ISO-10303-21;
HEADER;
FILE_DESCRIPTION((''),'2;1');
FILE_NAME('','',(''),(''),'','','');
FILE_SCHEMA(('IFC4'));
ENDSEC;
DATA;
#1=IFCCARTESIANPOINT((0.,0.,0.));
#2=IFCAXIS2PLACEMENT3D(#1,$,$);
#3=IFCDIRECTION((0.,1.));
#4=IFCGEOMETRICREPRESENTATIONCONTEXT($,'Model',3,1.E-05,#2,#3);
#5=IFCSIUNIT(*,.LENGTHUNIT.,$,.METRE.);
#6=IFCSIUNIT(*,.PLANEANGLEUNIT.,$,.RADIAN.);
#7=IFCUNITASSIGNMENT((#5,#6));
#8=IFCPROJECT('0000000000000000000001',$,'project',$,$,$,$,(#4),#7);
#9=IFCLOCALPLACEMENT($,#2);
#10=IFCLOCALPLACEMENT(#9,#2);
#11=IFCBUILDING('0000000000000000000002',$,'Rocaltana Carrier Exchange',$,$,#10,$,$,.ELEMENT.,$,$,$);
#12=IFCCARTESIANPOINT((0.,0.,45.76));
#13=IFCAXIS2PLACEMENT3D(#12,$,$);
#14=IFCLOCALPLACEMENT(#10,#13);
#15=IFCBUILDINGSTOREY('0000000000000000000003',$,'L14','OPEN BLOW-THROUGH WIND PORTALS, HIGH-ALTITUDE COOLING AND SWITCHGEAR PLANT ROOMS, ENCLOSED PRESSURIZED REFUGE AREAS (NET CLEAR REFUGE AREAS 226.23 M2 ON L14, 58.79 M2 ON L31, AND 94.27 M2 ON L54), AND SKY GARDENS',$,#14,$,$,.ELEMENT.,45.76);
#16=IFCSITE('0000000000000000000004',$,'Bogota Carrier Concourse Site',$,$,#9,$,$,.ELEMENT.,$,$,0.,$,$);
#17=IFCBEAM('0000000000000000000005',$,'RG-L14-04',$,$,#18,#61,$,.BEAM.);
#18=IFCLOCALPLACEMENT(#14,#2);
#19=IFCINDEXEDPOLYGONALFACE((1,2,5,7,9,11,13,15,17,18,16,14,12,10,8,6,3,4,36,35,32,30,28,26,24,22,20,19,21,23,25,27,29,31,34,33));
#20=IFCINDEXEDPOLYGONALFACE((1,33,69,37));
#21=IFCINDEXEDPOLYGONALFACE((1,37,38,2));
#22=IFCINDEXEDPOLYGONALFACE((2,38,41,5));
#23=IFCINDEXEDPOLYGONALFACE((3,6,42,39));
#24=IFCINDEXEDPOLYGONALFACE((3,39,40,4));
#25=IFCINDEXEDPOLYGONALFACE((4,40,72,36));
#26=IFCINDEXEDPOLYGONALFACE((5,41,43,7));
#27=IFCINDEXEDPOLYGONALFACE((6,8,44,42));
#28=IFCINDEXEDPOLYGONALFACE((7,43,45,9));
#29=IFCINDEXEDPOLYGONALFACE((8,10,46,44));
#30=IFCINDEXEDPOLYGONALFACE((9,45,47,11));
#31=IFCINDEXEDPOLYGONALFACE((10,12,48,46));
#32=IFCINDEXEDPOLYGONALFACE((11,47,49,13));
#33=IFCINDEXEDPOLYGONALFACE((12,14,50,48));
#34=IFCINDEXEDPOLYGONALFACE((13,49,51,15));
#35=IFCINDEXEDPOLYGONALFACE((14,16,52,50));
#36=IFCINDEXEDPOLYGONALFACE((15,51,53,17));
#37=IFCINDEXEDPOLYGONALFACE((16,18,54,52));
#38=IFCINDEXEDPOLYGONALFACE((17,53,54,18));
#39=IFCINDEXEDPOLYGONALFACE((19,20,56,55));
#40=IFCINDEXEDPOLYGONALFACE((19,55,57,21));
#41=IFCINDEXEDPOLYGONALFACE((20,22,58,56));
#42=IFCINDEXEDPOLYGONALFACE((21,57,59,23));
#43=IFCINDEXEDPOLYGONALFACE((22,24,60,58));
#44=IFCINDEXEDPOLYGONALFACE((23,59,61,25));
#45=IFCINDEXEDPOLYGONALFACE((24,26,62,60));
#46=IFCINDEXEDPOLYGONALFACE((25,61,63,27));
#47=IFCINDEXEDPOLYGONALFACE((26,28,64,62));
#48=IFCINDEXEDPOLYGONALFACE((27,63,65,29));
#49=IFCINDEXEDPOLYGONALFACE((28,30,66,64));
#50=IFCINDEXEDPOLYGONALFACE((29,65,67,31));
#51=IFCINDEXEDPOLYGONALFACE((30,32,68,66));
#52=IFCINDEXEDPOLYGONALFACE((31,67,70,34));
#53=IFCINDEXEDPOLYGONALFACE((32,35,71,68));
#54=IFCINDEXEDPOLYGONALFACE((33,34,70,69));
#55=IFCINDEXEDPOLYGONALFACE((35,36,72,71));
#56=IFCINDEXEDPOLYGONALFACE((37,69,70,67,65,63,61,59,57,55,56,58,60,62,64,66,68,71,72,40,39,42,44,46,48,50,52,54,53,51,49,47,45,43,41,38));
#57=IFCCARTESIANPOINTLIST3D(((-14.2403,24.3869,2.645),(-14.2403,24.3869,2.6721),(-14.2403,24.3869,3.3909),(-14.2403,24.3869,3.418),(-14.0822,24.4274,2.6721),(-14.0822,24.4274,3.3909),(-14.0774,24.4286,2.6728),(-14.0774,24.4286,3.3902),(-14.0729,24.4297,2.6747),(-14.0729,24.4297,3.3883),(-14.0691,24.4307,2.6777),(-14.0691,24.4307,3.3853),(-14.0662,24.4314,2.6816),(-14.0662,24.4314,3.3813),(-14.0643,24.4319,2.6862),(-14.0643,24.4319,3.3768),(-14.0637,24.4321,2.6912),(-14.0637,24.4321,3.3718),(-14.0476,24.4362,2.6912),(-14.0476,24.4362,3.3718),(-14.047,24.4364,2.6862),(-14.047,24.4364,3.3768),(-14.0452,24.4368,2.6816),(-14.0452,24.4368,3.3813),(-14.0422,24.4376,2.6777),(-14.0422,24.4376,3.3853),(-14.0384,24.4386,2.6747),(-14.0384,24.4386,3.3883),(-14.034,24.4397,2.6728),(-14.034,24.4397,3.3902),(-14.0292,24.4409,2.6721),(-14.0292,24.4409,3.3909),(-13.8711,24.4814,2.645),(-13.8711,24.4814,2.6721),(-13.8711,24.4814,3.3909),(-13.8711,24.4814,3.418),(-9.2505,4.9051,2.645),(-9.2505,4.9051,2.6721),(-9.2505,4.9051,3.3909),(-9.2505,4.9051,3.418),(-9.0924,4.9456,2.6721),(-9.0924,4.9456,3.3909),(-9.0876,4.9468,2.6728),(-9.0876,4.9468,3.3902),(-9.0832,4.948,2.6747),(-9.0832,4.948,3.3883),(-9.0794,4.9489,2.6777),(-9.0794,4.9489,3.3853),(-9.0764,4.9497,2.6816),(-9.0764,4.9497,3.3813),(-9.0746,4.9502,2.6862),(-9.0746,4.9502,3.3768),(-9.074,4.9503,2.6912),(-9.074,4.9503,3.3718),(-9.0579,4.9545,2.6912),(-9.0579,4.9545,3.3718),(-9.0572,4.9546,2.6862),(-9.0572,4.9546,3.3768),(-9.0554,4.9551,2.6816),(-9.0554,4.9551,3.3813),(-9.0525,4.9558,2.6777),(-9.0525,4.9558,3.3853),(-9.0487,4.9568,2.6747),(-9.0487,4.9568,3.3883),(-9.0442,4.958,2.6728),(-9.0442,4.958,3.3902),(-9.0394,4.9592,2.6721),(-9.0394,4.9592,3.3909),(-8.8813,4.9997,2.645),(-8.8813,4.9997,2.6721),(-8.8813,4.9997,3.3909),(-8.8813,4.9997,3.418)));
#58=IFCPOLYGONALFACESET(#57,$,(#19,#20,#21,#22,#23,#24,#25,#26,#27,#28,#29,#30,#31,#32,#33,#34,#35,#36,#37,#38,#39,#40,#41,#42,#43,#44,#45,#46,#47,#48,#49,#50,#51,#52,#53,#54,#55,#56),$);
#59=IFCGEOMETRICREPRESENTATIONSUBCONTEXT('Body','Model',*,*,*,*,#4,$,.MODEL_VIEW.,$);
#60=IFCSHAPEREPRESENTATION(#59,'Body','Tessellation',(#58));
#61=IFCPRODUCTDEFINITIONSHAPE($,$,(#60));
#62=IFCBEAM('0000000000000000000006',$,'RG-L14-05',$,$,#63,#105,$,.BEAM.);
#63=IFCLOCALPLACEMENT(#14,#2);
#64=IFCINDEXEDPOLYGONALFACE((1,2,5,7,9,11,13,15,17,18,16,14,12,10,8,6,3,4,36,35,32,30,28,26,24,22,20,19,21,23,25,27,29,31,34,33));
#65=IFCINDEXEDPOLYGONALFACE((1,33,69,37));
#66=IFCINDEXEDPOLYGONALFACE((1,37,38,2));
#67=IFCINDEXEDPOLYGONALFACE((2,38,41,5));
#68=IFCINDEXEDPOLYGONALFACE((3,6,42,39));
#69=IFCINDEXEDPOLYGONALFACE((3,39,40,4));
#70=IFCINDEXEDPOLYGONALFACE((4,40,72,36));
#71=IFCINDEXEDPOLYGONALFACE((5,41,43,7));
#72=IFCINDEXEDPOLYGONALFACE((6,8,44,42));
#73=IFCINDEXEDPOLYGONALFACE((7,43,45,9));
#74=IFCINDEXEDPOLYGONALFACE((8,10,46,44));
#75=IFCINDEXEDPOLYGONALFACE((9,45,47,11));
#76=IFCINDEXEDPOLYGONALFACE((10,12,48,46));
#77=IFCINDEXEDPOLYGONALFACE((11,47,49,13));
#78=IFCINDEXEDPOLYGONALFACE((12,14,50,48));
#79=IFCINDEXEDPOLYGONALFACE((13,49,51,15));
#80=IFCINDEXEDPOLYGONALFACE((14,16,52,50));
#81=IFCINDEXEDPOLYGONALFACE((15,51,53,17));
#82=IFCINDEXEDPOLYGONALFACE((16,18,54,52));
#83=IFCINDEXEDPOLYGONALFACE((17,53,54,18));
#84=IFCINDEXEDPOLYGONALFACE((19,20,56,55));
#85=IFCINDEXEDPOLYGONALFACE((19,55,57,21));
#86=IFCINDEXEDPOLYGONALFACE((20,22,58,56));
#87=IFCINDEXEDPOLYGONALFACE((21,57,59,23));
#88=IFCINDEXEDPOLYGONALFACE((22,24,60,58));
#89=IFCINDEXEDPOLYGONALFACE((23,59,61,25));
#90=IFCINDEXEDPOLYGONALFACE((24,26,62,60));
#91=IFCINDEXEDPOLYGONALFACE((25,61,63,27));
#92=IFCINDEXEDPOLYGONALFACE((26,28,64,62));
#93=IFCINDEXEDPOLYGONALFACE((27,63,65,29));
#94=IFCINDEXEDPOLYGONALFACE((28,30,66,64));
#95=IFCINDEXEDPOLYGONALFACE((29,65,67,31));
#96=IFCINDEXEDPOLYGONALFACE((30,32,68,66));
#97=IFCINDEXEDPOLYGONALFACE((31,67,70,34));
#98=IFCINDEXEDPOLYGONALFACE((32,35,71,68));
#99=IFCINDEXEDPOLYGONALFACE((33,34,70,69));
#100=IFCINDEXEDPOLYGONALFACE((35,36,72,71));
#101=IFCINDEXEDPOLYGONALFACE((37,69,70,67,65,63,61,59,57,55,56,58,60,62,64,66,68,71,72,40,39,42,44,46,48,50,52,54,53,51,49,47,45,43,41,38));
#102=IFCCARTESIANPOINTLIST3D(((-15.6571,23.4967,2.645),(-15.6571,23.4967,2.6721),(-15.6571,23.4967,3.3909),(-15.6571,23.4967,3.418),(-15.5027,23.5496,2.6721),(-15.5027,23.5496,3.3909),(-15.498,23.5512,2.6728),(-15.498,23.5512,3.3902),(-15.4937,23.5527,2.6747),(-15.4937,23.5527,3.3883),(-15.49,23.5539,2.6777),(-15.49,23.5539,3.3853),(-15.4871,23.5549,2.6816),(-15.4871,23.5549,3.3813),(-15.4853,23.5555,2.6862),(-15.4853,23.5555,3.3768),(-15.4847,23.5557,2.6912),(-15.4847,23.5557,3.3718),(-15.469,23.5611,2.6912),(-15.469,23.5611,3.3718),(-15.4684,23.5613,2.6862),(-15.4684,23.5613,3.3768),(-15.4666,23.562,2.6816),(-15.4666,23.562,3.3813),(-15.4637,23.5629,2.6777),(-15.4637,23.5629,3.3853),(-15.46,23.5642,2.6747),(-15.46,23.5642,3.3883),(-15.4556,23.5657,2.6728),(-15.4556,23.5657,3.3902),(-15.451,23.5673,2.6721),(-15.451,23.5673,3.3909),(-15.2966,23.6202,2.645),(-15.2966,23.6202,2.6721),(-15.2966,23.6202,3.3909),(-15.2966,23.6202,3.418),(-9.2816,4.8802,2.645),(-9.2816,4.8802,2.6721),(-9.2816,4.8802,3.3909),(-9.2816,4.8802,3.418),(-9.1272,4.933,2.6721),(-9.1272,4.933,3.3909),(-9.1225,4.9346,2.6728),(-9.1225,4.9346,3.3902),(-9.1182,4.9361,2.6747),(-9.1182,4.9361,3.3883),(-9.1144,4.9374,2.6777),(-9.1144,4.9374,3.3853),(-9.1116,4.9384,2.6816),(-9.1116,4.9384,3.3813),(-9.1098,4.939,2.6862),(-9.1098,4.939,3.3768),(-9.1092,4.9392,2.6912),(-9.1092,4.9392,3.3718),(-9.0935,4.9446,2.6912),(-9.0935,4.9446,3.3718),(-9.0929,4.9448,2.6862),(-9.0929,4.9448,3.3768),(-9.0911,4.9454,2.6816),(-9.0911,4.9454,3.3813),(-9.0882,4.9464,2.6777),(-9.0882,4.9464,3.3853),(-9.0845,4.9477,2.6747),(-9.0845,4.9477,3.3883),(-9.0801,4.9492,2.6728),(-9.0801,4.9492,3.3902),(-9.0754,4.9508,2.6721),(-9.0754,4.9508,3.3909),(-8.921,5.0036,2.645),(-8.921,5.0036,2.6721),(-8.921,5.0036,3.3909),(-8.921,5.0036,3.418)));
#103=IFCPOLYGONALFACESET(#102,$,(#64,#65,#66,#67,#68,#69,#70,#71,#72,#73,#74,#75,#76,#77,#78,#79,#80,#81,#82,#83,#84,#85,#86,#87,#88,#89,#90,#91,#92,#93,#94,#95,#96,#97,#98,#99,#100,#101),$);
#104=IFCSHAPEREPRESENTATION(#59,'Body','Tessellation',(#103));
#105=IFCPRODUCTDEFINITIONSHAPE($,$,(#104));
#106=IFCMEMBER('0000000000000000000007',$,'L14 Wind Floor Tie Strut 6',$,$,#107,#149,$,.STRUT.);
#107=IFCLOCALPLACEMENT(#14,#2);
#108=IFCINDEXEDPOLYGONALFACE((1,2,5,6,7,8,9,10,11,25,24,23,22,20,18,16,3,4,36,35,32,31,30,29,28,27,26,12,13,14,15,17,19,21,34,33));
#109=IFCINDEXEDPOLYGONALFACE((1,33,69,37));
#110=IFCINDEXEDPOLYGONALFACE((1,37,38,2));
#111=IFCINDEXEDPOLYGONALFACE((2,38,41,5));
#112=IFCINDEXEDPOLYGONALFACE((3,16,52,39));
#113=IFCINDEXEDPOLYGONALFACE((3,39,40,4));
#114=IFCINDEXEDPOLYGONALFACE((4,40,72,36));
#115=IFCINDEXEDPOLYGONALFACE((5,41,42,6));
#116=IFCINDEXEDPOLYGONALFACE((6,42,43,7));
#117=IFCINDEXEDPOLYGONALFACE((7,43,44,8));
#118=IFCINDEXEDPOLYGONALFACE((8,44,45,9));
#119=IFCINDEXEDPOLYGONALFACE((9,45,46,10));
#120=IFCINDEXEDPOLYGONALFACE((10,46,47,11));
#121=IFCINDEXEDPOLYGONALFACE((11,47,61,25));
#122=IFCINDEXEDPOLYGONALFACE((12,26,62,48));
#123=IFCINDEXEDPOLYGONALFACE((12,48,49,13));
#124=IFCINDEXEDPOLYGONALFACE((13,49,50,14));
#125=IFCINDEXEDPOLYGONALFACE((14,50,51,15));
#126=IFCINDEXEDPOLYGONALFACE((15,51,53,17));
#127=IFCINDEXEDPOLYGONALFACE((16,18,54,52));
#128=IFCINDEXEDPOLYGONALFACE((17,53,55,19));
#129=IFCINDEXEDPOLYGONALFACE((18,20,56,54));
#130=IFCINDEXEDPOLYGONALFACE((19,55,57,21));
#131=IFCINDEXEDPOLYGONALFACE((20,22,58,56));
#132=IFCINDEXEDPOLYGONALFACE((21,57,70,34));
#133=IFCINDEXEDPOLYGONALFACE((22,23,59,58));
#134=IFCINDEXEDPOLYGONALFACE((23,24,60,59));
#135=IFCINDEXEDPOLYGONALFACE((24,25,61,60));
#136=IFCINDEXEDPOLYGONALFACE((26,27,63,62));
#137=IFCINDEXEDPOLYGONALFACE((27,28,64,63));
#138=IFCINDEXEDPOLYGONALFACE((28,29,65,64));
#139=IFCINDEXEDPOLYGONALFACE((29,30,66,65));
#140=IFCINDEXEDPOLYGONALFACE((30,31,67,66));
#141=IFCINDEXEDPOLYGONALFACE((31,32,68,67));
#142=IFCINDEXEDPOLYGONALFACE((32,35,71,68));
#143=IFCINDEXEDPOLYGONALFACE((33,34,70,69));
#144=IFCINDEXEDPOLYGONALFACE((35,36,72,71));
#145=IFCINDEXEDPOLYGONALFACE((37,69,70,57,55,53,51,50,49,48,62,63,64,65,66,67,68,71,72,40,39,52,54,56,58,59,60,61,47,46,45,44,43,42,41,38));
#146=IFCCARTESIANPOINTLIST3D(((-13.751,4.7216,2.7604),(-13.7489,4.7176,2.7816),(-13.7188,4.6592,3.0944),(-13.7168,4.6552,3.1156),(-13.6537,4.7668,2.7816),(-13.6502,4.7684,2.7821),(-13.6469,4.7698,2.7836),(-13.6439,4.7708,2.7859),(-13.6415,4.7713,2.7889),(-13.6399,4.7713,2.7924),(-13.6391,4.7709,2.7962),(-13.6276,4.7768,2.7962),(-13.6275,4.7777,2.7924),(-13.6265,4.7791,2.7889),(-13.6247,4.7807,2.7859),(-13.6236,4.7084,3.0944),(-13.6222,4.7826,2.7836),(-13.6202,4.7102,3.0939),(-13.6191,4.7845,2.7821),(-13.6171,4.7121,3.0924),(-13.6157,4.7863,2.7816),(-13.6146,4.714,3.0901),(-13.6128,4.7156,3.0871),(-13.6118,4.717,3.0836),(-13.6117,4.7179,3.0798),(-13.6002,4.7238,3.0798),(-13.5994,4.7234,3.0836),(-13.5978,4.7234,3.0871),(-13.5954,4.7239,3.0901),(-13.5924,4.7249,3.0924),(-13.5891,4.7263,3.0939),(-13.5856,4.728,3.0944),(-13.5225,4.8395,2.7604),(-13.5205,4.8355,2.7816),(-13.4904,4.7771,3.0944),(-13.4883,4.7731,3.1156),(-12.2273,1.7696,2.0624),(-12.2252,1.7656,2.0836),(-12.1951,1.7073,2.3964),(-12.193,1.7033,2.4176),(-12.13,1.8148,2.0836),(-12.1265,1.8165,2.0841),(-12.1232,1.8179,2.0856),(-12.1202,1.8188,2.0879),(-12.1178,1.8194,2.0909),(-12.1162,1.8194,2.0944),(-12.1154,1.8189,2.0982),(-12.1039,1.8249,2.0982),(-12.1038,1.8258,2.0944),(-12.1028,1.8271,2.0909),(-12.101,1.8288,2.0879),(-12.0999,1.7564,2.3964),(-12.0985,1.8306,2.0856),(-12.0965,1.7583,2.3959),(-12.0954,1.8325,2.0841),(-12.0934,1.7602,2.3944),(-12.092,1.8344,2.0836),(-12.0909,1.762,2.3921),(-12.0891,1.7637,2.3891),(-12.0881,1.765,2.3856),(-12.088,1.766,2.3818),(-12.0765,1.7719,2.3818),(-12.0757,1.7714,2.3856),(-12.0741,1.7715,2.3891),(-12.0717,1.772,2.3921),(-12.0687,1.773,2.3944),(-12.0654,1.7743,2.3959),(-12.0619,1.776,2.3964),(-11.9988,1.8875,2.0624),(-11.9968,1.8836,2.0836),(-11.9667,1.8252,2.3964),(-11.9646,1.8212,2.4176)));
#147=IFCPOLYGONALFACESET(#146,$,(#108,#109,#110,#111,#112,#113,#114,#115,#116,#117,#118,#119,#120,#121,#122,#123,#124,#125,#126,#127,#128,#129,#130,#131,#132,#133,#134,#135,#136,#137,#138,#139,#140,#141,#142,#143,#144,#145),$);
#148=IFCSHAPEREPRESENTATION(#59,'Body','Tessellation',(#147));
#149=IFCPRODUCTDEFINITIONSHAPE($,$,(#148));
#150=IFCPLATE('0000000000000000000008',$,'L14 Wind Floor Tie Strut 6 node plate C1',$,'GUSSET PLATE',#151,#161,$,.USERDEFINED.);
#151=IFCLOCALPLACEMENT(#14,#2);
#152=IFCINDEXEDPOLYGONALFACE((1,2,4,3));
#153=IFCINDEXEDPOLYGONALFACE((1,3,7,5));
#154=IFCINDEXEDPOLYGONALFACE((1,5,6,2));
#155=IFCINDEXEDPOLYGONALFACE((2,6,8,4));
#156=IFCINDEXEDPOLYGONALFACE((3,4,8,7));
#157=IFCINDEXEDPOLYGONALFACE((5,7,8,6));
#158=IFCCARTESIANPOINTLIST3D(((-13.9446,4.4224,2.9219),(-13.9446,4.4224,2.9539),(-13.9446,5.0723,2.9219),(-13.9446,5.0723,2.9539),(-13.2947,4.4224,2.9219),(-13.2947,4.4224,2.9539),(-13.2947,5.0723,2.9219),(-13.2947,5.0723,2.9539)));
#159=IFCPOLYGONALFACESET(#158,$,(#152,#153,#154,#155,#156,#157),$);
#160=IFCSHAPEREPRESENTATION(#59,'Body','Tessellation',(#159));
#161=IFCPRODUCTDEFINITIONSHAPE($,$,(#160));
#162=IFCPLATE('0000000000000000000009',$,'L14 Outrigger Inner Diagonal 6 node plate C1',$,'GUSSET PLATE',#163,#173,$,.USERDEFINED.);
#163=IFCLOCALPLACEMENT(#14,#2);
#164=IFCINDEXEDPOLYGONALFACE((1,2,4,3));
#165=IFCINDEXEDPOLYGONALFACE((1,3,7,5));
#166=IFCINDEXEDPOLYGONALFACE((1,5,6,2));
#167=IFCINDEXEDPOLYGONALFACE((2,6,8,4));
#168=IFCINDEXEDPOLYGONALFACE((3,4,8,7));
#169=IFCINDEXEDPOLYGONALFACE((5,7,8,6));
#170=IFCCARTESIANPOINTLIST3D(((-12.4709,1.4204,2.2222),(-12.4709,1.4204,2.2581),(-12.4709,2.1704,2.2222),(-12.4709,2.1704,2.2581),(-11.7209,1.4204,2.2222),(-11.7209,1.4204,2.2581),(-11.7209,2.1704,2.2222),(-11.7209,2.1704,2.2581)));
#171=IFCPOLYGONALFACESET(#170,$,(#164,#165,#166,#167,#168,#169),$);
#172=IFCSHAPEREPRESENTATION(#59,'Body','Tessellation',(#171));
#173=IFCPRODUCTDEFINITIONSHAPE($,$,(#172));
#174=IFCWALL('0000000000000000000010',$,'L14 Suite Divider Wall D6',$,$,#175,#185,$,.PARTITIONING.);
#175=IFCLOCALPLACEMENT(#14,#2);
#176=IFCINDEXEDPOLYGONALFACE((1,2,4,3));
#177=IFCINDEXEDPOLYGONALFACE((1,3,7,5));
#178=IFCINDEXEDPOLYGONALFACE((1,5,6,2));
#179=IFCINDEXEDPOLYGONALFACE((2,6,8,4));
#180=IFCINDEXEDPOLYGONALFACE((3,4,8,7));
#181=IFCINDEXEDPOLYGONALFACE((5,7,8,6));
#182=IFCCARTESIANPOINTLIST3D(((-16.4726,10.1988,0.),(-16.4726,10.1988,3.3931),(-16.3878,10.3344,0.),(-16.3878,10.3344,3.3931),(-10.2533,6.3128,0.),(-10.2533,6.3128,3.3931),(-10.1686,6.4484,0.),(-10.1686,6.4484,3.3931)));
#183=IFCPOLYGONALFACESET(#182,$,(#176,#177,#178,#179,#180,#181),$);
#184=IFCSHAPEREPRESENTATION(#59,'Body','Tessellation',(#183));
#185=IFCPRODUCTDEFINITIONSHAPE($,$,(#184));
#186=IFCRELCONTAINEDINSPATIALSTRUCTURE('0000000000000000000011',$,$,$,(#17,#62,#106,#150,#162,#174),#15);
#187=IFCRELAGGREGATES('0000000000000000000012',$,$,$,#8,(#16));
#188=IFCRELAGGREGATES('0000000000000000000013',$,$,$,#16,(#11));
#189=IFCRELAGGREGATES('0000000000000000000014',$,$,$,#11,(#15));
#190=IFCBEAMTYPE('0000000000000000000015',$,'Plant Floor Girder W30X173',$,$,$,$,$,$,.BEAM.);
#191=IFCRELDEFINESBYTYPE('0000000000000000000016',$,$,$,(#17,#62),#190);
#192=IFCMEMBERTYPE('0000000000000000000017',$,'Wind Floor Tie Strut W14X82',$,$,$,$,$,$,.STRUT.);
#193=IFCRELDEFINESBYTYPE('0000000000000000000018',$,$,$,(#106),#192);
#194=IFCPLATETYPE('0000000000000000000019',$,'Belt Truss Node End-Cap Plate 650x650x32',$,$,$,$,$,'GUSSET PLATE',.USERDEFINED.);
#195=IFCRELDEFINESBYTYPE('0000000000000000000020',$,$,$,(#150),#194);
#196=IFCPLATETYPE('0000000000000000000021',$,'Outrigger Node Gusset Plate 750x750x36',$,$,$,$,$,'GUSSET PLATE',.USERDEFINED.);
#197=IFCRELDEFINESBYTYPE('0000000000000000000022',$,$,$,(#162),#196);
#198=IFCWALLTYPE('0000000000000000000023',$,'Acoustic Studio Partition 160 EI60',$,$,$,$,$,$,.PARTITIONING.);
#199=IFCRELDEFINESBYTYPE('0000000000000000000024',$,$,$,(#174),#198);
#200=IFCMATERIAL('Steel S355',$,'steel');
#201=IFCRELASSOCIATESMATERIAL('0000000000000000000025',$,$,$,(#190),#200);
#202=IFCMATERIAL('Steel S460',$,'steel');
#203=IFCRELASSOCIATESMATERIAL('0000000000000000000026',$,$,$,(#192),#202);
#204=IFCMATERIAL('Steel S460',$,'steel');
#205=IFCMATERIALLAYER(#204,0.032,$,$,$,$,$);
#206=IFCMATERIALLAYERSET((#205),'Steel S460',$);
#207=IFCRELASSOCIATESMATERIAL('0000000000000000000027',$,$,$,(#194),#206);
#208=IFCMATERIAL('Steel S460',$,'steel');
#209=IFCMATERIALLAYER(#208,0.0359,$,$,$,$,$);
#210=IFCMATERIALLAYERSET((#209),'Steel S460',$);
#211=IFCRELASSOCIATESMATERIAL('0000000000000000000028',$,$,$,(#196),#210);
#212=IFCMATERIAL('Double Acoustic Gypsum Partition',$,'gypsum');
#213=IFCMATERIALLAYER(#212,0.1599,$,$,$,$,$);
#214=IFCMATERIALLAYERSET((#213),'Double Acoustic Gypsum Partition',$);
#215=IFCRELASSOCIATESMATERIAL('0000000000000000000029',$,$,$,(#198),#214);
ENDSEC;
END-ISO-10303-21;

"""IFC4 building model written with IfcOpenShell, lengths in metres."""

from ifc_helpers import new_model, si_unit, direction, frame, frame_2d, origin, origin_2d, place, context, subcontext, project, spatial, rectangle, i_section, extrude, material, layer, layer_set, material_profile, profile_set, type_object, element, save


model = new_model("IFC4")

# Units and contexts
model_context = context("Model", 3, precision=1e-05, world=origin(), true_north=direction((0.0, 1.0)))
body_context = subcontext(model_context, "Body", "Model", "MODEL_VIEW")
ifc_project = project(units=[si_unit("LENGTHUNIT", "METRE"), si_unit("PLANEANGLEUNIT", "RADIAN")], contexts=[model_context])

# Site, building, storey
site_placement = place(None, origin())
site = spatial("IfcSite", under=ifc_project, at=site_placement, Name="Bogota Carrier Concourse Site", CompositionType="ELEMENT", RefElevation=0.0)
building_placement = place(site_placement, origin())
building = spatial("IfcBuilding", under=site, at=building_placement, Name="Rocaltana Carrier Exchange", CompositionType="ELEMENT")
storey_placement = place(building_placement, frame((0.0, 0.0, 45.76)))
storey = spatial("IfcBuildingStorey", under=building, at=storey_placement, Name="L14", Description="OPEN BLOW-THROUGH WIND PORTALS, HIGH-ALTITUDE COOLING AND SWITCHGEAR PLANT ROOMS, ENCLOSED PRESSURIZED REFUGE AREAS (NET CLEAR REFUGE AREAS 226.23 M2 ON L14, 58.79 M2 ON L31, AND 94.27 M2 ON L54), AND SKY GARDENS", CompositionType="ELEMENT", Elevation=45.76)

# Beams
ifc_material_1 = material(Name="Steel S355", Category="steel")
ifc_material_profile_1 = material_profile(ifc_material_1, i_section(OverallWidth=0.3811, OverallDepth=0.7729, WebThickness=0.0166, FlangeThickness=0.0271, FilletRadius=0.019, at=origin_2d()), Name="W30X173")
ifc_profile_set_1 = profile_set([ifc_material_profile_1], Name="Steel S355")
beam_type_1 = type_object("IfcBeamType", Name="Plant Floor Girder W30X173", PredefinedType="BEAM", material=ifc_profile_set_1)
beam_1_placement = place(storey_placement, frame((-9.0659, 4.9524, 3.0315), z_axis=(-0.248116, 0.96873, 0.0), x_axis=(-0.96873, -0.248116, 0.0)))
element("IfcBeam", 1, at=beam_1_placement, inside=storey, type_object=beam_type_1, Name="RG-L14-04", PredefinedType="BEAM", context=body_context, shape_type="SweptSolid", body=[
    extrude(i_section(OverallWidth=0.3811, OverallDepth=0.7729, WebThickness=0.0166, FlangeThickness=0.0271, FilletRadius=0.019, at=origin_2d()), origin(), (0.0, 0.0, 1.0), 20.1106),
])
beam_2_placement = place(storey_placement, frame((-9.1013, 4.9419, 3.0315), z_axis=(-0.323993, 0.94606, 0.0), x_axis=(-0.94606, -0.323993, 0.0)))
element("IfcBeam", 2, at=beam_2_placement, inside=storey, type_object=beam_type_1, Name="RG-L14-05", PredefinedType="BEAM", context=body_context, shape_type="SweptSolid", body=[
    extrude(i_section(OverallWidth=0.3811, OverallDepth=0.7729, WebThickness=0.0166, FlangeThickness=0.0271, FilletRadius=0.019, at=origin_2d()), origin(), (0.0, 0.0, 1.0), 19.678),
])

# Member
ifc_material_2 = material(Name="Steel S460", Category="steel")
ifc_material_profile_2 = material_profile(ifc_material_2, i_section(OverallWidth=0.2571, OverallDepth=0.363, WebThickness=0.0129, FlangeThickness=0.0217, FilletRadius=0.0149, at=origin_2d()), Name="W14X82")
ifc_profile_set_2 = profile_set([ifc_material_profile_2], Name="Steel S460")
member_type_1 = type_object("IfcMemberType", Name="Wind Floor Tie Strut W14X82", PredefinedType="STRUT", material=ifc_profile_set_2)
member_1_placement = place(storey_placement, frame((-12.0959, 1.7954, 2.24), z_axis=(-0.448869, 0.869617, 0.205627), x_axis=(-0.888606, -0.458671, 0.0)))
element("IfcMember", 3, at=member_1_placement, inside=storey, type_object=member_type_1, Name="L14 Wind Floor Tie Strut 6", PredefinedType="STRUT", context=body_context, shape_type="SweptSolid", body=[
    extrude(i_section(OverallWidth=0.2571, OverallDepth=0.363, WebThickness=0.0129, FlangeThickness=0.0217, FilletRadius=0.0149, at=origin_2d()), origin(), (0.0, 0.0, 1.0), 3.3945),
])

# Plates
ifc_material_3 = material(Name="Steel S460", Category="steel")
ifc_layer_1 = layer(ifc_material_3, 0.032)
ifc_layer_set_1 = layer_set([ifc_layer_1], Name="Steel S460")
plate_type_1 = type_object("IfcPlateType", Name="Belt Truss Node End-Cap Plate 650x650x32", ElementType="GUSSET PLATE", PredefinedType="USERDEFINED", material=ifc_layer_set_1)
plate_1_placement = place(storey_placement, frame((-13.6196, 4.7473, 2.9219), z_axis=(0.0, 0.0, 1.0), x_axis=(1.0, 0.0, 0.0)))
element("IfcPlate", 4, at=plate_1_placement, inside=storey, type_object=plate_type_1, Name="L14 Wind Floor Tie Strut 6 node plate C1", ObjectType="GUSSET PLATE", PredefinedType="USERDEFINED", context=body_context, shape_type="SweptSolid", body=[
    extrude(rectangle(XDim=0.6499, YDim=0.6499, at=origin_2d()), origin(), (0.0, 0.0, 1.0), 0.032),
])
ifc_material_4 = material(Name="Steel S460", Category="steel")
ifc_layer_2 = layer(ifc_material_4, 0.0359)
ifc_layer_set_2 = layer_set([ifc_layer_2], Name="Steel S460")
plate_type_2 = type_object("IfcPlateType", Name="Outrigger Node Gusset Plate 750x750x36", ElementType="GUSSET PLATE", PredefinedType="USERDEFINED", material=ifc_layer_set_2)
plate_2_placement = place(storey_placement, frame((-12.0959, 1.7954, 2.2222), z_axis=(0.0, 0.0, 1.0), x_axis=(1.0, 0.0, 0.0)))
element("IfcPlate", 5, at=plate_2_placement, inside=storey, type_object=plate_type_2, Name="L14 Outrigger Inner Diagonal 6 node plate C1", ObjectType="GUSSET PLATE", PredefinedType="USERDEFINED", context=body_context, shape_type="SweptSolid", body=[
    extrude(rectangle(XDim=0.75, YDim=0.75, at=origin_2d()), origin(), (0.0, 0.0, 1.0), 0.0359),
])

# Wall
ifc_material_5 = material(Name="Double Acoustic Gypsum Partition", Category="gypsum")
ifc_layer_3 = layer(ifc_material_5, 0.1599)
ifc_layer_set_3 = layer_set([ifc_layer_3], Name="Double Acoustic Gypsum Partition")
wall_type_1 = type_object("IfcWallType", Name="Acoustic Studio Partition 160 EI60", PredefinedType="PARTITIONING", material=ifc_layer_set_3)
wall_1_placement = place(storey_placement, frame((-10.2109, 6.3806, 0.0), z_axis=(0.0, 0.0, 1.0), x_axis=(-0.848062, 0.529897, 0.0)))
element("IfcWall", 6, at=wall_1_placement, inside=storey, type_object=wall_type_1, Name="L14 Suite Divider Wall D6", PredefinedType="PARTITIONING", context=body_context, shape_type="SweptSolid", body=[
    extrude(rectangle(XDim=7.3335, YDim=0.1599, at=frame_2d((3.6667, 0.0))), origin(), (0.0, 0.0, 1.0), 3.3931),
])

save(model, "model.ifc")
